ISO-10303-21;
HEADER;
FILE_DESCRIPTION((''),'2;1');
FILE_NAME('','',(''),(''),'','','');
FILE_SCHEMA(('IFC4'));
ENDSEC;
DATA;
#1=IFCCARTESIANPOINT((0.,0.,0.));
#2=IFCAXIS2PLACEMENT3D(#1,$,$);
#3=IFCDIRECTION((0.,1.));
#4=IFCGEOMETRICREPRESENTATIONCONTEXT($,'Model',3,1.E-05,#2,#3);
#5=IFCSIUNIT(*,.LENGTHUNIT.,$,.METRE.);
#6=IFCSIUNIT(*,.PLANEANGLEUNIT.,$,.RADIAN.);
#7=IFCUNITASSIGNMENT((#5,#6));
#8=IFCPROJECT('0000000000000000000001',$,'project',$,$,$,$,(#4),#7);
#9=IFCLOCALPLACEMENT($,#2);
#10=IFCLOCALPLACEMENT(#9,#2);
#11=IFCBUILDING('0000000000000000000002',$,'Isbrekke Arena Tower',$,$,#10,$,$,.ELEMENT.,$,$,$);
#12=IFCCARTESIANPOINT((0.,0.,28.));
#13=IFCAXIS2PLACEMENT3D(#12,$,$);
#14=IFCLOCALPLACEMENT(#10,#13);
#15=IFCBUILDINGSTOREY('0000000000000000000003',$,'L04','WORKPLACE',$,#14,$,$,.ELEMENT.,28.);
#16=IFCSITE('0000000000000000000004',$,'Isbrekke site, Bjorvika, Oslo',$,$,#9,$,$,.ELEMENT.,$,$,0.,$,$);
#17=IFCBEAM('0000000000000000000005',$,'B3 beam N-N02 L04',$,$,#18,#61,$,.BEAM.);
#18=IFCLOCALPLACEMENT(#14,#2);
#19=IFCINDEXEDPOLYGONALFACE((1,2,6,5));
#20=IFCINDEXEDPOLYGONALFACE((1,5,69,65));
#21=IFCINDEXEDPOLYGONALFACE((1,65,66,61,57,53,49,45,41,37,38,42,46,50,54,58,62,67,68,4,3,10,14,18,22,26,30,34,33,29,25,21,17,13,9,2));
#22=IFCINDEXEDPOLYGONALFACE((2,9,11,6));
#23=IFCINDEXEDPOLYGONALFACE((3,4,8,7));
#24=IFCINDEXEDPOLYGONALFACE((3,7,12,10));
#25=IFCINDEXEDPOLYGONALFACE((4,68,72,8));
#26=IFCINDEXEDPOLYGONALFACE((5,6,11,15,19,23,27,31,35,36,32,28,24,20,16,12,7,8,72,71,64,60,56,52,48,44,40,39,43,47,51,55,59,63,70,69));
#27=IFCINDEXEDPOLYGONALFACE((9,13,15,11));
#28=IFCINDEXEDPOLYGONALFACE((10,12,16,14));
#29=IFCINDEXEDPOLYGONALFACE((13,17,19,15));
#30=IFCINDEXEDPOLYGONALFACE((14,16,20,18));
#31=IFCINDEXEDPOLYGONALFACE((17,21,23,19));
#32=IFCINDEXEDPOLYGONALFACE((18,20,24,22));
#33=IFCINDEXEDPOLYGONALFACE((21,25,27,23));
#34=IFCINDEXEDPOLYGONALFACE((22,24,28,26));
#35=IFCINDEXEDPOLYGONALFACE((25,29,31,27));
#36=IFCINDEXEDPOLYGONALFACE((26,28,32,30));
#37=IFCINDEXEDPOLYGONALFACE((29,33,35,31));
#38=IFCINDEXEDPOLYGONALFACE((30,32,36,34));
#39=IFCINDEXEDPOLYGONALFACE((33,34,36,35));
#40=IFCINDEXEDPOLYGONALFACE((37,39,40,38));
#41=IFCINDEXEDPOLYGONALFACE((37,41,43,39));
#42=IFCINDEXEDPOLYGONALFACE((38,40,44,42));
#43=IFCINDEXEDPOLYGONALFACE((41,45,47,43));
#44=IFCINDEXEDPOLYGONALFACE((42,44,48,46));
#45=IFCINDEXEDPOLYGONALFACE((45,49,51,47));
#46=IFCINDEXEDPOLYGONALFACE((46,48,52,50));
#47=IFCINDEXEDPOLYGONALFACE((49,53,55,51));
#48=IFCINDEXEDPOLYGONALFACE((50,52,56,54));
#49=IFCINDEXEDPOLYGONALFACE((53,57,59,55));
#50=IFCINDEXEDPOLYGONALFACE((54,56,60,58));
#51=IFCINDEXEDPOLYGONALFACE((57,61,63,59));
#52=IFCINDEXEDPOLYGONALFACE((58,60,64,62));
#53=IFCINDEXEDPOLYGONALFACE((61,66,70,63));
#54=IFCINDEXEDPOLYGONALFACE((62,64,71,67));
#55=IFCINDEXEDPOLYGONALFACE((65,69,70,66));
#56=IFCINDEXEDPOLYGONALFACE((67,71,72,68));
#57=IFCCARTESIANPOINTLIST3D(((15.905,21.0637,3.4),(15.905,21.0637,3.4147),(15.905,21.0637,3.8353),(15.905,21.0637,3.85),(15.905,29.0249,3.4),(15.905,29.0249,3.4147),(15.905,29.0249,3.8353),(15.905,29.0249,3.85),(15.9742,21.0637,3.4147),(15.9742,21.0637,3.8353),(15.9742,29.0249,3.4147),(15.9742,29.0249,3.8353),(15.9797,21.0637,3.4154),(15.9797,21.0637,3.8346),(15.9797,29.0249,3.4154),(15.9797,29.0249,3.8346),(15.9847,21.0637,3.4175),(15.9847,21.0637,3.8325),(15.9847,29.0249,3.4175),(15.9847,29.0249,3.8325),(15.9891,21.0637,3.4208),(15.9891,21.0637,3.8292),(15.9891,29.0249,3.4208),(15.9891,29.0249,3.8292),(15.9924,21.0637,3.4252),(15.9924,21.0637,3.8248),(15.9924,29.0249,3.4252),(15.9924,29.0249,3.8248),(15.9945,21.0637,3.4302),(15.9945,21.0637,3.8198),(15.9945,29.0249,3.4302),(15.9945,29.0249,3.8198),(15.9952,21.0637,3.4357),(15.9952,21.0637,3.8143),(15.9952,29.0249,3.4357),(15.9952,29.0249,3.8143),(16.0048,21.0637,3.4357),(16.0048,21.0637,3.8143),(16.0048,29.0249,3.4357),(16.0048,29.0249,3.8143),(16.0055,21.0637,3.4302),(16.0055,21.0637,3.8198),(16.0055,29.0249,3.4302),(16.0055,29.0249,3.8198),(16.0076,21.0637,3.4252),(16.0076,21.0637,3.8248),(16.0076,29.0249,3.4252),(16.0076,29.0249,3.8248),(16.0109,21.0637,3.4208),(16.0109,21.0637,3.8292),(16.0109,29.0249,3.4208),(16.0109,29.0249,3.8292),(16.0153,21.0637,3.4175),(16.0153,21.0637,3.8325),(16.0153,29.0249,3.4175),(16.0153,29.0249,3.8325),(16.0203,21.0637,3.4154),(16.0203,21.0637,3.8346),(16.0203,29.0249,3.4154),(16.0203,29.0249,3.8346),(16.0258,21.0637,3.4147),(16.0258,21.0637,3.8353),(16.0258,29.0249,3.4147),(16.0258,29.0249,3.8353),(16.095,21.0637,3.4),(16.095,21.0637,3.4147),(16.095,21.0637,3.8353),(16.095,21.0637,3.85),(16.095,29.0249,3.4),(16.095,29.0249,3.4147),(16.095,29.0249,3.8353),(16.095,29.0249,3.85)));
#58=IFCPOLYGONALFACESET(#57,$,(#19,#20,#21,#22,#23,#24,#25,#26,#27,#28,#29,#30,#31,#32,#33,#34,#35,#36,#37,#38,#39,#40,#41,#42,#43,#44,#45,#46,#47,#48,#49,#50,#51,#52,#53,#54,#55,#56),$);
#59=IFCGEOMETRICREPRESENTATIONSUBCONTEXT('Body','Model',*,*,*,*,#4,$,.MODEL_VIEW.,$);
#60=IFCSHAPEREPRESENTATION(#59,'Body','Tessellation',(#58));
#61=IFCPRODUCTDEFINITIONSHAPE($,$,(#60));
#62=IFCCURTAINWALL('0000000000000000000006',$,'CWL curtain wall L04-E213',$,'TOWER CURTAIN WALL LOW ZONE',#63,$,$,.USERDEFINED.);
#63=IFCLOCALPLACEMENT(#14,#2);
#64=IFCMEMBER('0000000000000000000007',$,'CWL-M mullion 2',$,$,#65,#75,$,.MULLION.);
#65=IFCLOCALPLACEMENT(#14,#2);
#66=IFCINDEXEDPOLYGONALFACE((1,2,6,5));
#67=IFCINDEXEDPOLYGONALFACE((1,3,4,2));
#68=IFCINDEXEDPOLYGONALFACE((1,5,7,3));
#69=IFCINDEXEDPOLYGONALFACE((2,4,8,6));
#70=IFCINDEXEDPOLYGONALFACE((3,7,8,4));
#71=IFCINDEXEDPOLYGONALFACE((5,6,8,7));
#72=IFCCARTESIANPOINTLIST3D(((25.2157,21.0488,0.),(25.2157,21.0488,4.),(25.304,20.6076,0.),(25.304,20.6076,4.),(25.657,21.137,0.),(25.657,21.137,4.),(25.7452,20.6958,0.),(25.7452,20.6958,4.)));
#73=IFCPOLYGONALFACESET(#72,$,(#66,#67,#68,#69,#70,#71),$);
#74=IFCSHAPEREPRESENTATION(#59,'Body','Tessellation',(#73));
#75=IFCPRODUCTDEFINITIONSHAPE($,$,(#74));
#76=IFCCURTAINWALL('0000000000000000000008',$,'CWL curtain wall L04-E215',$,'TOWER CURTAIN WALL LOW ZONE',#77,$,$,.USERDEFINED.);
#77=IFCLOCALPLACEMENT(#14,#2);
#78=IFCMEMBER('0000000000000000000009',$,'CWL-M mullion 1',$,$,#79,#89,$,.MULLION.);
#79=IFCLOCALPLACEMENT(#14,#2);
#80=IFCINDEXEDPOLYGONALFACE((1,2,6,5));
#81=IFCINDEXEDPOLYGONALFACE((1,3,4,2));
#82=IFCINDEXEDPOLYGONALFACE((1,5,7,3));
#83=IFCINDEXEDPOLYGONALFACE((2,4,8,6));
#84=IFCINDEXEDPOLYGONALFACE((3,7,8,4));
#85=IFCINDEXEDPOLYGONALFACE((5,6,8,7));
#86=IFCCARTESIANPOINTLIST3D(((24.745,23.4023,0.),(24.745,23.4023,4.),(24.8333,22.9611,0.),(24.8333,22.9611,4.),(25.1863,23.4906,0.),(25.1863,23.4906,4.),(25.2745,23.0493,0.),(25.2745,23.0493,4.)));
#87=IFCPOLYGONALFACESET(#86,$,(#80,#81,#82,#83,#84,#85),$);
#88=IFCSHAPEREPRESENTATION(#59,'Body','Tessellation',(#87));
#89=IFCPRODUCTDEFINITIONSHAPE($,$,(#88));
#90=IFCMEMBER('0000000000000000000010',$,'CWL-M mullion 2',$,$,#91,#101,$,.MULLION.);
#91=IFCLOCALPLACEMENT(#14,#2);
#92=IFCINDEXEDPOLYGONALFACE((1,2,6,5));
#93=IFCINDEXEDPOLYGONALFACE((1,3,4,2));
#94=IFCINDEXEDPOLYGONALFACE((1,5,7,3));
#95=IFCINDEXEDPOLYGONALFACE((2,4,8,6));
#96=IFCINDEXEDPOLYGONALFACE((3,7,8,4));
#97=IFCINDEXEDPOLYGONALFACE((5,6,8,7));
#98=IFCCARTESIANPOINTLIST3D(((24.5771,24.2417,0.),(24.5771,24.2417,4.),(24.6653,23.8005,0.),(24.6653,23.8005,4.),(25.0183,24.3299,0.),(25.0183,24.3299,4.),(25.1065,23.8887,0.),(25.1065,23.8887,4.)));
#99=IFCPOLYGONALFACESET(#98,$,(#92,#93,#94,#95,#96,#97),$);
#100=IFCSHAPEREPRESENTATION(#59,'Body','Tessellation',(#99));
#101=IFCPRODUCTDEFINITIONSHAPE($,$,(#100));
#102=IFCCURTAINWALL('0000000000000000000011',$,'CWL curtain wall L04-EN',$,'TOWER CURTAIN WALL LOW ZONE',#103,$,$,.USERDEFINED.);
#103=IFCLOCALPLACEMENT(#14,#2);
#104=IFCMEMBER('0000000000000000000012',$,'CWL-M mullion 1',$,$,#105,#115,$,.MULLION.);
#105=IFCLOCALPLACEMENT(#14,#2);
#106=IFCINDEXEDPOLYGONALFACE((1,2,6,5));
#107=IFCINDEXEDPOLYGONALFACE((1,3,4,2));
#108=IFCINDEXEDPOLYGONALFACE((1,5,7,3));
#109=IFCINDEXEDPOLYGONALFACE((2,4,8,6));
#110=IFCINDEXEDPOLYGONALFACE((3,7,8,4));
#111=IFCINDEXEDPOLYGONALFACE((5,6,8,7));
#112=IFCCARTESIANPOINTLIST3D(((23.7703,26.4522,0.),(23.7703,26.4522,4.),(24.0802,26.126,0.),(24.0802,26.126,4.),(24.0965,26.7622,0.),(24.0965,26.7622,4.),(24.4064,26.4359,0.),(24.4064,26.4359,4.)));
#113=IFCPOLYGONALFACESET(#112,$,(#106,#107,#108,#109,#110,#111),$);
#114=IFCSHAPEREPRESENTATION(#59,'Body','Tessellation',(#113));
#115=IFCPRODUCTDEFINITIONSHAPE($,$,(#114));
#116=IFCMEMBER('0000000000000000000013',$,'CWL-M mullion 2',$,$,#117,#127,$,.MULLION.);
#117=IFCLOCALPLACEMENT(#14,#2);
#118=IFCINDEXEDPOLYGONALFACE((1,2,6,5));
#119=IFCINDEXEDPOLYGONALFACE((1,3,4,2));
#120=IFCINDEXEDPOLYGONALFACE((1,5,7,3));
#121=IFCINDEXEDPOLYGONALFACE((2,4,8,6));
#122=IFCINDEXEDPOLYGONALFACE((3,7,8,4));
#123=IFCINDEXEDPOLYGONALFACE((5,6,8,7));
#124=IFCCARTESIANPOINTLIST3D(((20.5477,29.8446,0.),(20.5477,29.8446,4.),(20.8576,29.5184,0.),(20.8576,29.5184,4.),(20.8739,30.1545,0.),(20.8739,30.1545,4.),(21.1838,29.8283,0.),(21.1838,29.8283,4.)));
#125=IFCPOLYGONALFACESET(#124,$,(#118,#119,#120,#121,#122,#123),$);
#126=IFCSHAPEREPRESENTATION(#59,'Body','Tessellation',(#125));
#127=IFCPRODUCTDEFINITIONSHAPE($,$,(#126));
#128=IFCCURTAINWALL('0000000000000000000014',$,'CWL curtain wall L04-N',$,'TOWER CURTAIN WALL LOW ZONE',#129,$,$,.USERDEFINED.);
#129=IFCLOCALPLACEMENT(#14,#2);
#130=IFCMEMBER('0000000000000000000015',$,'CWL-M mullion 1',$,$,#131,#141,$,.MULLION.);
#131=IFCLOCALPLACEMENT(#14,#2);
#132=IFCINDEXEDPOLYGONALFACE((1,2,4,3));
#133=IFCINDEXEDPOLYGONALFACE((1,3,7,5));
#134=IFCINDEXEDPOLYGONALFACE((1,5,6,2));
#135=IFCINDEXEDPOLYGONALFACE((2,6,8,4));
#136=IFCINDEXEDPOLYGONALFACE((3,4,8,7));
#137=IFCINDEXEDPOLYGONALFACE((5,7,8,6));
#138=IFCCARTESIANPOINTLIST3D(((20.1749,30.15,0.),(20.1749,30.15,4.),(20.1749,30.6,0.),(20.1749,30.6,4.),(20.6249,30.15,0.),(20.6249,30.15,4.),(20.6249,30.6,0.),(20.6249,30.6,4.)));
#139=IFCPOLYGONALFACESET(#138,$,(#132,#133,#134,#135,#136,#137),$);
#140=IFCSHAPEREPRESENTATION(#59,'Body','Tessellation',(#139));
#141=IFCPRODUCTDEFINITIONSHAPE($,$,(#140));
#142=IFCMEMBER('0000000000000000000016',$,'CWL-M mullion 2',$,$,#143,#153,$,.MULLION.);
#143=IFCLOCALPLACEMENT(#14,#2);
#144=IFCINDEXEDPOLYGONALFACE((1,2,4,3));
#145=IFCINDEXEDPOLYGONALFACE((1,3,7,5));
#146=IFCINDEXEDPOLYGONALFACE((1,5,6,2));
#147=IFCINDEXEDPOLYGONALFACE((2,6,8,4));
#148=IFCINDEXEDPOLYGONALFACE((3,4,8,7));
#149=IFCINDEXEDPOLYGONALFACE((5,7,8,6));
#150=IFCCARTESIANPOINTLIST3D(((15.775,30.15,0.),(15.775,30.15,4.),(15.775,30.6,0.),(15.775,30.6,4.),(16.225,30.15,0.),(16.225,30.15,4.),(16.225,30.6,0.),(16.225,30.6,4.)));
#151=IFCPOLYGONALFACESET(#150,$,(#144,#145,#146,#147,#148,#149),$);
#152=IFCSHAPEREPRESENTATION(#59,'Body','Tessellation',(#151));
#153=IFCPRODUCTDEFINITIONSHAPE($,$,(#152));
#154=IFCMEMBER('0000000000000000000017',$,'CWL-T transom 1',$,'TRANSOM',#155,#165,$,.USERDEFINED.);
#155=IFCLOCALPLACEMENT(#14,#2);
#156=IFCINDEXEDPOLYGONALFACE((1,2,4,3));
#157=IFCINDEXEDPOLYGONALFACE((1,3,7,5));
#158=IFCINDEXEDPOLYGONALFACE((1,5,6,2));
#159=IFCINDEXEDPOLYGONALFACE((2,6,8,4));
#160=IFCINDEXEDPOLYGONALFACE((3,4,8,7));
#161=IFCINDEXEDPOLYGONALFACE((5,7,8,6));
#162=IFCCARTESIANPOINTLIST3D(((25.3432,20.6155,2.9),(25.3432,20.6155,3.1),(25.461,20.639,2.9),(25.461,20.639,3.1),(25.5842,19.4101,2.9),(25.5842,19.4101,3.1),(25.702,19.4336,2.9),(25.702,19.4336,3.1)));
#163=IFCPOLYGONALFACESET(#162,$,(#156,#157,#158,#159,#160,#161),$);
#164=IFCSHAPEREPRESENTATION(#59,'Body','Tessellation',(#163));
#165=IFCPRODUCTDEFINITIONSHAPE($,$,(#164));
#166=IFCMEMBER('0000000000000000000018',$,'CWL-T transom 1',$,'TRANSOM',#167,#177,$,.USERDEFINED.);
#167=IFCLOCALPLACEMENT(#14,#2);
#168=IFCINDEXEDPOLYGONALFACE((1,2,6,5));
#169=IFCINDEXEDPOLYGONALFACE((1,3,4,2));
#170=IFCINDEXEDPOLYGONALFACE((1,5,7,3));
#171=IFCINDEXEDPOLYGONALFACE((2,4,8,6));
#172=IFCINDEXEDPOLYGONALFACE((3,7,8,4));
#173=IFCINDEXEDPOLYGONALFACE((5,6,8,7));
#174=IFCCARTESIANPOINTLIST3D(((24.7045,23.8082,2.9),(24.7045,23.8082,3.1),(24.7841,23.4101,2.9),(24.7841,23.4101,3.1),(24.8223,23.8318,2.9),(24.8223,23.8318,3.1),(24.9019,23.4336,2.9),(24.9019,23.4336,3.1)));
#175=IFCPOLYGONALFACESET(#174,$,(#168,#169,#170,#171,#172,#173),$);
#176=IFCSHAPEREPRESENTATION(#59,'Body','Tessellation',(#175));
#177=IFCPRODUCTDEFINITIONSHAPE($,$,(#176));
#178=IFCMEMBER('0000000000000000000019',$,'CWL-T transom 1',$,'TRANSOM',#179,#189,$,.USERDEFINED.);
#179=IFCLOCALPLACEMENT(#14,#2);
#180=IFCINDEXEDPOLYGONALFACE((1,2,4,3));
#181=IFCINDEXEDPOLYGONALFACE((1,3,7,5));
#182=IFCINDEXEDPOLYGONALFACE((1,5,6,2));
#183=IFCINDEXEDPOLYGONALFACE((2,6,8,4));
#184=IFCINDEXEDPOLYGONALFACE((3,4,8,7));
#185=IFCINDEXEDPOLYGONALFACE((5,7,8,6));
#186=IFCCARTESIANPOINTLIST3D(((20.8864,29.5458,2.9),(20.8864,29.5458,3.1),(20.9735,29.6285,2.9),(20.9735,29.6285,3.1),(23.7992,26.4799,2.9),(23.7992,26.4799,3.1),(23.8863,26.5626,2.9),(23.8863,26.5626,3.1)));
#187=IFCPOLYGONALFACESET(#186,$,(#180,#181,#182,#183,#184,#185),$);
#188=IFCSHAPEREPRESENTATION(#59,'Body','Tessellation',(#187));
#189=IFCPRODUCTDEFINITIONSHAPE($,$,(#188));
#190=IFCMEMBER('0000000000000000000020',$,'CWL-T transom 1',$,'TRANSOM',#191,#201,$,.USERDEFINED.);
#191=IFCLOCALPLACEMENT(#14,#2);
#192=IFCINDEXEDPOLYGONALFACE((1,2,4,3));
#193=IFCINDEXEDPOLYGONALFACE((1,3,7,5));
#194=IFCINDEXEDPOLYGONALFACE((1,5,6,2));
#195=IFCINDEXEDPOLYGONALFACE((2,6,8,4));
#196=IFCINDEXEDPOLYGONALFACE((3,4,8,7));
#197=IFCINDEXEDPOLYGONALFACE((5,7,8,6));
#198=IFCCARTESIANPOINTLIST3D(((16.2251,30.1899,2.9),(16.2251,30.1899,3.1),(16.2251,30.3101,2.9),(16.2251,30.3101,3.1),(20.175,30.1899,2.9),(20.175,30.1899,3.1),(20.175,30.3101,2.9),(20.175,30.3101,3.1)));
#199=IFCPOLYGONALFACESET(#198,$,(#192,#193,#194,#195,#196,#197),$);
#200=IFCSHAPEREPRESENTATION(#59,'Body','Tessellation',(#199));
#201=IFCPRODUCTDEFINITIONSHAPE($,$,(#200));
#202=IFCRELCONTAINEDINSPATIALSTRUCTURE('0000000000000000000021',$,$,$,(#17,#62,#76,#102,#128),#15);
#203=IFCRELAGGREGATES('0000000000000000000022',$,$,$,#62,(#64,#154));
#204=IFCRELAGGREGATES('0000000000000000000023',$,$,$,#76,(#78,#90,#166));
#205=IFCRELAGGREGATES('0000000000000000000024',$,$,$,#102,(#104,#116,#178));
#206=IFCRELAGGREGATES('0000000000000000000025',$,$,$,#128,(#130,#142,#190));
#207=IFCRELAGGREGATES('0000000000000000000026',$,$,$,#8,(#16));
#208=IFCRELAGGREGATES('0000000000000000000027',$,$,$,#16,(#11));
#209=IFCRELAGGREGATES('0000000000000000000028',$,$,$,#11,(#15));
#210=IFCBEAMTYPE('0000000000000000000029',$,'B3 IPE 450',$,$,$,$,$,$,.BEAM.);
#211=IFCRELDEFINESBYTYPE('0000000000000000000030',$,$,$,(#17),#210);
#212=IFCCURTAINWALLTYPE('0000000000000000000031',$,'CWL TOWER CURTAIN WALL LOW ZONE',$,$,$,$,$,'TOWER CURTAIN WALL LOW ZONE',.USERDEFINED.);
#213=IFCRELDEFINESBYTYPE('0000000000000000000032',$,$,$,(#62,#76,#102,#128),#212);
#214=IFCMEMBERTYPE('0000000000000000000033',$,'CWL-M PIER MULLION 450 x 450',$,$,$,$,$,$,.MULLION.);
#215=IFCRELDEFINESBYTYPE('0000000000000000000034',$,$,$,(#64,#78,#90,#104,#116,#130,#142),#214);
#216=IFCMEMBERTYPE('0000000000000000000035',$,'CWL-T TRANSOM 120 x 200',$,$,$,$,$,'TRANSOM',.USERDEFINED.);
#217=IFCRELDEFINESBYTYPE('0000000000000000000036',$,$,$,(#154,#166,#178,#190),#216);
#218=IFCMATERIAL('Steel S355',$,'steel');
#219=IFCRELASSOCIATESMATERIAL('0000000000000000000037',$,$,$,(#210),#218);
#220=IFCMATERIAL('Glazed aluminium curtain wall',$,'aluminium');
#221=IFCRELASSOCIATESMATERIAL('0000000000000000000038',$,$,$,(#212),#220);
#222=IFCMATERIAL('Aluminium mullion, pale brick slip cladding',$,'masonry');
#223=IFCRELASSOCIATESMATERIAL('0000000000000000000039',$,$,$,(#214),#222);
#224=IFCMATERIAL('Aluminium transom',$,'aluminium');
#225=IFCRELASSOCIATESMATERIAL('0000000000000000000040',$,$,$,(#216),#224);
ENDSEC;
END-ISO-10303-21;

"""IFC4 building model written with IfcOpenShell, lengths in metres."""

from ifc_helpers import new_model, si_unit, direction, frame, origin, origin_2d, place, context, subcontext, project, spatial, rectangle, i_section, extrude, material, material_profile, profile_set, type_object, element, aggregate, save


model = new_model("IFC4")

# Units and contexts
model_context = context("Model", 3, precision=1e-05, world=origin(), true_north=direction((0.0, 1.0)))
body_context = subcontext(model_context, "Body", "Model", "MODEL_VIEW")
ifc_project = project(units=[si_unit("LENGTHUNIT", "METRE"), si_unit("PLANEANGLEUNIT", "RADIAN")], contexts=[model_context])

# Site, building, storey
site_placement = place(None, origin())
site = spatial("IfcSite", under=ifc_project, at=site_placement, Name="Isbrekke site, Bjorvika, Oslo", CompositionType="ELEMENT", RefElevation=0.0)
building_placement = place(site_placement, origin())
building = spatial("IfcBuilding", under=site, at=building_placement, Name="Isbrekke Arena Tower", CompositionType="ELEMENT")
storey_placement = place(building_placement, frame((0.0, 0.0, 28.0)))
storey = spatial("IfcBuildingStorey", under=building, at=storey_placement, Name="L04", Description="WORKPLACE", CompositionType="ELEMENT", Elevation=28.0)

# Beam
ifc_material_1 = material(Name="Steel S355", Category="steel")
ifc_material_profile_1 = material_profile(ifc_material_1, i_section(OverallWidth=0.1899, OverallDepth=0.45, WebThickness=0.0095, FlangeThickness=0.0146, FilletRadius=0.021, at=origin_2d()), Name="IPE 450")
ifc_profile_set_1 = profile_set([ifc_material_profile_1], Name="Steel S355")
beam_type_1 = type_object("IfcBeamType", Name="B3 IPE 450", PredefinedType="BEAM", material=ifc_profile_set_1)
beam_1_placement = place(storey_placement, frame((16.0, 29.0249, 3.625), z_axis=(0.0, -1.0, 0.0), x_axis=(1.0, 0.0, 0.0)))
element("IfcBeam", 1, at=beam_1_placement, inside=storey, type_object=beam_type_1, Name="B3 beam N-N02 L04", PredefinedType="BEAM", context=body_context, shape_type="SweptSolid", body=[
    extrude(i_section(OverallWidth=0.1899, OverallDepth=0.45, WebThickness=0.0095, FlangeThickness=0.0146, FilletRadius=0.021, at=origin_2d()), origin(), (0.0, 0.0, 1.0), 7.9612),
])

# Curtain wall, member
ifc_material_2 = material(Name="Glazed aluminium curtain wall", Category="aluminium")
curtain_wall_type = type_object("IfcCurtainWallType", Name="CWL TOWER CURTAIN WALL LOW ZONE", ElementType="TOWER CURTAIN WALL LOW ZONE", PredefinedType="USERDEFINED", material=ifc_material_2)
curtain_wall_1_placement = place(storey_placement, origin())
curtain_wall_1 = element("IfcCurtainWall", 2, at=curtain_wall_1_placement, inside=storey, type_object=curtain_wall_type, Name="CWL curtain wall L04-E213", ObjectType="TOWER CURTAIN WALL LOW ZONE", PredefinedType="USERDEFINED")
ifc_material_3 = material(Name="Aluminium mullion, pale brick slip cladding", Category="masonry")
ifc_material_profile_2 = material_profile(ifc_material_3, rectangle(XDim=0.45, YDim=0.45, at=origin_2d()), Name="PIER 450X450")
ifc_profile_set_2 = profile_set([ifc_material_profile_2], Name="Aluminium mullion, pale brick slip cladding")
member_type_1 = type_object("IfcMemberType", Name="CWL-M PIER MULLION 450 x 450", PredefinedType="MULLION", material=ifc_profile_set_2)
member_1_placement = place(storey_placement, frame((25.4805, 20.8723, 0.0), z_axis=(0.0, 0.0, 1.0), x_axis=(-0.196116, 0.980581, 0.0)))
member_1 = element("IfcMember", 3, at=member_1_placement, type_object=member_type_1, Name="CWL-M mullion 2", PredefinedType="MULLION", context=body_context, shape_type="SweptSolid", body=[
    extrude(rectangle(XDim=0.45, YDim=0.45, at=origin_2d()), origin(), (0.0, 0.0, 1.0), 4.0),
])

# Curtain walls, members
curtain_wall_2_placement = place(storey_placement, origin())
curtain_wall_2 = element("IfcCurtainWall", 4, at=curtain_wall_2_placement, inside=storey, type_object=curtain_wall_type, Name="CWL curtain wall L04-E215", ObjectType="TOWER CURTAIN WALL LOW ZONE", PredefinedType="USERDEFINED")
member_2_placement = place(storey_placement, frame((25.0098, 23.2258, 0.0), z_axis=(0.0, 0.0, 1.0), x_axis=(-0.196116, 0.980581, 0.0)))
member_2 = element("IfcMember", 5, at=member_2_placement, type_object=member_type_1, Name="CWL-M mullion 1", PredefinedType="MULLION", context=body_context, shape_type="SweptSolid", body=[
    extrude(rectangle(XDim=0.45, YDim=0.45, at=origin_2d()), origin(), (0.0, 0.0, 1.0), 4.0),
])
member_3_placement = place(storey_placement, frame((24.8418, 24.0652, 0.0), z_axis=(0.0, 0.0, 1.0), x_axis=(-0.196116, 0.980581, 0.0)))
member_3 = element("IfcMember", 6, at=member_3_placement, type_object=member_type_1, Name="CWL-M mullion 2", PredefinedType="MULLION", context=body_context, shape_type="SweptSolid", body=[
    extrude(rectangle(XDim=0.45, YDim=0.45, at=origin_2d()), origin(), (0.0, 0.0, 1.0), 4.0),
])
curtain_wall_3_placement = place(storey_placement, origin())
curtain_wall_3 = element("IfcCurtainWall", 7, at=curtain_wall_3_placement, inside=storey, type_object=curtain_wall_type, Name="CWL curtain wall L04-EN", ObjectType="TOWER CURTAIN WALL LOW ZONE", PredefinedType="USERDEFINED")
member_4_placement = place(storey_placement, frame((24.0884, 26.4441, 0.0), z_axis=(0.0, 0.0, 1.0), x_axis=(-0.688749, 0.724999, 0.0)))
member_4 = element("IfcMember", 8, at=member_4_placement, type_object=member_type_1, Name="CWL-M mullion 1", PredefinedType="MULLION", context=body_context, shape_type="SweptSolid", body=[
    extrude(rectangle(XDim=0.45, YDim=0.45, at=origin_2d()), origin(), (0.0, 0.0, 1.0), 4.0),
])
member_5_placement = place(storey_placement, frame((20.8657, 29.8364, 0.0), z_axis=(0.0, 0.0, 1.0), x_axis=(-0.688749, 0.724999, 0.0)))
member_5 = element("IfcMember", 9, at=member_5_placement, type_object=member_type_1, Name="CWL-M mullion 2", PredefinedType="MULLION", context=body_context, shape_type="SweptSolid", body=[
    extrude(rectangle(XDim=0.45, YDim=0.45, at=origin_2d()), origin(), (0.0, 0.0, 1.0), 4.0),
])
curtain_wall_4_placement = place(storey_placement, origin())
curtain_wall_4 = element("IfcCurtainWall", 10, at=curtain_wall_4_placement, inside=storey, type_object=curtain_wall_type, Name="CWL curtain wall L04-N", ObjectType="TOWER CURTAIN WALL LOW ZONE", PredefinedType="USERDEFINED")
member_6_placement = place(storey_placement, frame((20.3999, 30.375, 0.0), z_axis=(0.0, 0.0, 1.0), x_axis=(-1.0, 0.0, 0.0)))
member_6 = element("IfcMember", 11, at=member_6_placement, type_object=member_type_1, Name="CWL-M mullion 1", PredefinedType="MULLION", context=body_context, shape_type="SweptSolid", body=[
    extrude(rectangle(XDim=0.45, YDim=0.45, at=origin_2d()), origin(), (0.0, 0.0, 1.0), 4.0),
])
member_7_placement = place(storey_placement, frame((16.0, 30.375, 0.0), z_axis=(0.0, 0.0, 1.0), x_axis=(-1.0, 0.0, 0.0)))
member_7 = element("IfcMember", 12, at=member_7_placement, type_object=member_type_1, Name="CWL-M mullion 2", PredefinedType="MULLION", context=body_context, shape_type="SweptSolid", body=[
    extrude(rectangle(XDim=0.45, YDim=0.45, at=origin_2d()), origin(), (0.0, 0.0, 1.0), 4.0),
])

# Members
ifc_material_4 = material(Name="Aluminium transom", Category="aluminium")
ifc_material_profile_3 = material_profile(ifc_material_4, rectangle(XDim=0.1201, YDim=0.2, at=origin_2d()), Name="TRANSOM 120X200")
ifc_profile_set_3 = profile_set([ifc_material_profile_3], Name="Aluminium transom")
member_type_2 = type_object("IfcMemberType", Name="CWL-T TRANSOM 120 x 200", ElementType="TRANSOM", PredefinedType="USERDEFINED", material=ifc_profile_set_3)
member_8_placement = place(storey_placement, frame((25.6431, 19.4219, 3.0), z_axis=(-0.19604, 0.980596, 0.0), x_axis=(-0.980596, -0.19604, 0.0)))
member_8 = element("IfcMember", 13, at=member_8_placement, type_object=member_type_2, Name="CWL-T transom 1", ObjectType="TRANSOM", PredefinedType="USERDEFINED", context=body_context, shape_type="SweptSolid", body=[
    extrude(rectangle(XDim=0.1201, YDim=0.2, at=origin_2d()), origin(), (0.0, 0.0, 1.0), 1.2292),
])
member_9_placement = place(storey_placement, frame((24.843, 23.4219, 3.0), z_axis=(-0.196001, 0.980604, 0.0), x_axis=(-0.980604, -0.196001, 0.0)))
member_9 = element("IfcMember", 14, at=member_9_placement, type_object=member_type_2, Name="CWL-T transom 1", ObjectType="TRANSOM", PredefinedType="USERDEFINED", context=body_context, shape_type="SweptSolid", body=[
    extrude(rectangle(XDim=0.1201, YDim=0.2, at=origin_2d()), origin(), (0.0, 0.0, 1.0), 0.406),
])
member_10_placement = place(storey_placement, frame((23.8428, 26.5212, 3.0), z_axis=(-0.688777, 0.724973, 0.0), x_axis=(-0.724973, -0.688777, 0.0)))
member_10 = element("IfcMember", 15, at=member_10_placement, type_object=member_type_2, Name="CWL-T transom 1", ObjectType="TRANSOM", PredefinedType="USERDEFINED", context=body_context, shape_type="SweptSolid", body=[
    extrude(rectangle(XDim=0.1201, YDim=0.2, at=origin_2d()), origin(), (0.0, 0.0, 1.0), 4.229),
])
member_11_placement = place(storey_placement, frame((20.175, 30.25, 3.0), z_axis=(-1.0, 0.0, 0.0), x_axis=(0.0, -1.0, 0.0)))
member_11 = element("IfcMember", 16, at=member_11_placement, type_object=member_type_2, Name="CWL-T transom 1", ObjectType="TRANSOM", PredefinedType="USERDEFINED", context=body_context, shape_type="SweptSolid", body=[
    extrude(rectangle(XDim=0.1201, YDim=0.2, at=origin_2d()), origin(), (0.0, 0.0, 1.0), 3.95),
])

aggregate(curtain_wall_1, [member_1, member_8])
aggregate(curtain_wall_2, [member_2, member_3, member_9])
aggregate(curtain_wall_3, [member_4, member_5, member_10])
aggregate(curtain_wall_4, [member_6, member_7, member_11])

save(model, "model.ifc")
